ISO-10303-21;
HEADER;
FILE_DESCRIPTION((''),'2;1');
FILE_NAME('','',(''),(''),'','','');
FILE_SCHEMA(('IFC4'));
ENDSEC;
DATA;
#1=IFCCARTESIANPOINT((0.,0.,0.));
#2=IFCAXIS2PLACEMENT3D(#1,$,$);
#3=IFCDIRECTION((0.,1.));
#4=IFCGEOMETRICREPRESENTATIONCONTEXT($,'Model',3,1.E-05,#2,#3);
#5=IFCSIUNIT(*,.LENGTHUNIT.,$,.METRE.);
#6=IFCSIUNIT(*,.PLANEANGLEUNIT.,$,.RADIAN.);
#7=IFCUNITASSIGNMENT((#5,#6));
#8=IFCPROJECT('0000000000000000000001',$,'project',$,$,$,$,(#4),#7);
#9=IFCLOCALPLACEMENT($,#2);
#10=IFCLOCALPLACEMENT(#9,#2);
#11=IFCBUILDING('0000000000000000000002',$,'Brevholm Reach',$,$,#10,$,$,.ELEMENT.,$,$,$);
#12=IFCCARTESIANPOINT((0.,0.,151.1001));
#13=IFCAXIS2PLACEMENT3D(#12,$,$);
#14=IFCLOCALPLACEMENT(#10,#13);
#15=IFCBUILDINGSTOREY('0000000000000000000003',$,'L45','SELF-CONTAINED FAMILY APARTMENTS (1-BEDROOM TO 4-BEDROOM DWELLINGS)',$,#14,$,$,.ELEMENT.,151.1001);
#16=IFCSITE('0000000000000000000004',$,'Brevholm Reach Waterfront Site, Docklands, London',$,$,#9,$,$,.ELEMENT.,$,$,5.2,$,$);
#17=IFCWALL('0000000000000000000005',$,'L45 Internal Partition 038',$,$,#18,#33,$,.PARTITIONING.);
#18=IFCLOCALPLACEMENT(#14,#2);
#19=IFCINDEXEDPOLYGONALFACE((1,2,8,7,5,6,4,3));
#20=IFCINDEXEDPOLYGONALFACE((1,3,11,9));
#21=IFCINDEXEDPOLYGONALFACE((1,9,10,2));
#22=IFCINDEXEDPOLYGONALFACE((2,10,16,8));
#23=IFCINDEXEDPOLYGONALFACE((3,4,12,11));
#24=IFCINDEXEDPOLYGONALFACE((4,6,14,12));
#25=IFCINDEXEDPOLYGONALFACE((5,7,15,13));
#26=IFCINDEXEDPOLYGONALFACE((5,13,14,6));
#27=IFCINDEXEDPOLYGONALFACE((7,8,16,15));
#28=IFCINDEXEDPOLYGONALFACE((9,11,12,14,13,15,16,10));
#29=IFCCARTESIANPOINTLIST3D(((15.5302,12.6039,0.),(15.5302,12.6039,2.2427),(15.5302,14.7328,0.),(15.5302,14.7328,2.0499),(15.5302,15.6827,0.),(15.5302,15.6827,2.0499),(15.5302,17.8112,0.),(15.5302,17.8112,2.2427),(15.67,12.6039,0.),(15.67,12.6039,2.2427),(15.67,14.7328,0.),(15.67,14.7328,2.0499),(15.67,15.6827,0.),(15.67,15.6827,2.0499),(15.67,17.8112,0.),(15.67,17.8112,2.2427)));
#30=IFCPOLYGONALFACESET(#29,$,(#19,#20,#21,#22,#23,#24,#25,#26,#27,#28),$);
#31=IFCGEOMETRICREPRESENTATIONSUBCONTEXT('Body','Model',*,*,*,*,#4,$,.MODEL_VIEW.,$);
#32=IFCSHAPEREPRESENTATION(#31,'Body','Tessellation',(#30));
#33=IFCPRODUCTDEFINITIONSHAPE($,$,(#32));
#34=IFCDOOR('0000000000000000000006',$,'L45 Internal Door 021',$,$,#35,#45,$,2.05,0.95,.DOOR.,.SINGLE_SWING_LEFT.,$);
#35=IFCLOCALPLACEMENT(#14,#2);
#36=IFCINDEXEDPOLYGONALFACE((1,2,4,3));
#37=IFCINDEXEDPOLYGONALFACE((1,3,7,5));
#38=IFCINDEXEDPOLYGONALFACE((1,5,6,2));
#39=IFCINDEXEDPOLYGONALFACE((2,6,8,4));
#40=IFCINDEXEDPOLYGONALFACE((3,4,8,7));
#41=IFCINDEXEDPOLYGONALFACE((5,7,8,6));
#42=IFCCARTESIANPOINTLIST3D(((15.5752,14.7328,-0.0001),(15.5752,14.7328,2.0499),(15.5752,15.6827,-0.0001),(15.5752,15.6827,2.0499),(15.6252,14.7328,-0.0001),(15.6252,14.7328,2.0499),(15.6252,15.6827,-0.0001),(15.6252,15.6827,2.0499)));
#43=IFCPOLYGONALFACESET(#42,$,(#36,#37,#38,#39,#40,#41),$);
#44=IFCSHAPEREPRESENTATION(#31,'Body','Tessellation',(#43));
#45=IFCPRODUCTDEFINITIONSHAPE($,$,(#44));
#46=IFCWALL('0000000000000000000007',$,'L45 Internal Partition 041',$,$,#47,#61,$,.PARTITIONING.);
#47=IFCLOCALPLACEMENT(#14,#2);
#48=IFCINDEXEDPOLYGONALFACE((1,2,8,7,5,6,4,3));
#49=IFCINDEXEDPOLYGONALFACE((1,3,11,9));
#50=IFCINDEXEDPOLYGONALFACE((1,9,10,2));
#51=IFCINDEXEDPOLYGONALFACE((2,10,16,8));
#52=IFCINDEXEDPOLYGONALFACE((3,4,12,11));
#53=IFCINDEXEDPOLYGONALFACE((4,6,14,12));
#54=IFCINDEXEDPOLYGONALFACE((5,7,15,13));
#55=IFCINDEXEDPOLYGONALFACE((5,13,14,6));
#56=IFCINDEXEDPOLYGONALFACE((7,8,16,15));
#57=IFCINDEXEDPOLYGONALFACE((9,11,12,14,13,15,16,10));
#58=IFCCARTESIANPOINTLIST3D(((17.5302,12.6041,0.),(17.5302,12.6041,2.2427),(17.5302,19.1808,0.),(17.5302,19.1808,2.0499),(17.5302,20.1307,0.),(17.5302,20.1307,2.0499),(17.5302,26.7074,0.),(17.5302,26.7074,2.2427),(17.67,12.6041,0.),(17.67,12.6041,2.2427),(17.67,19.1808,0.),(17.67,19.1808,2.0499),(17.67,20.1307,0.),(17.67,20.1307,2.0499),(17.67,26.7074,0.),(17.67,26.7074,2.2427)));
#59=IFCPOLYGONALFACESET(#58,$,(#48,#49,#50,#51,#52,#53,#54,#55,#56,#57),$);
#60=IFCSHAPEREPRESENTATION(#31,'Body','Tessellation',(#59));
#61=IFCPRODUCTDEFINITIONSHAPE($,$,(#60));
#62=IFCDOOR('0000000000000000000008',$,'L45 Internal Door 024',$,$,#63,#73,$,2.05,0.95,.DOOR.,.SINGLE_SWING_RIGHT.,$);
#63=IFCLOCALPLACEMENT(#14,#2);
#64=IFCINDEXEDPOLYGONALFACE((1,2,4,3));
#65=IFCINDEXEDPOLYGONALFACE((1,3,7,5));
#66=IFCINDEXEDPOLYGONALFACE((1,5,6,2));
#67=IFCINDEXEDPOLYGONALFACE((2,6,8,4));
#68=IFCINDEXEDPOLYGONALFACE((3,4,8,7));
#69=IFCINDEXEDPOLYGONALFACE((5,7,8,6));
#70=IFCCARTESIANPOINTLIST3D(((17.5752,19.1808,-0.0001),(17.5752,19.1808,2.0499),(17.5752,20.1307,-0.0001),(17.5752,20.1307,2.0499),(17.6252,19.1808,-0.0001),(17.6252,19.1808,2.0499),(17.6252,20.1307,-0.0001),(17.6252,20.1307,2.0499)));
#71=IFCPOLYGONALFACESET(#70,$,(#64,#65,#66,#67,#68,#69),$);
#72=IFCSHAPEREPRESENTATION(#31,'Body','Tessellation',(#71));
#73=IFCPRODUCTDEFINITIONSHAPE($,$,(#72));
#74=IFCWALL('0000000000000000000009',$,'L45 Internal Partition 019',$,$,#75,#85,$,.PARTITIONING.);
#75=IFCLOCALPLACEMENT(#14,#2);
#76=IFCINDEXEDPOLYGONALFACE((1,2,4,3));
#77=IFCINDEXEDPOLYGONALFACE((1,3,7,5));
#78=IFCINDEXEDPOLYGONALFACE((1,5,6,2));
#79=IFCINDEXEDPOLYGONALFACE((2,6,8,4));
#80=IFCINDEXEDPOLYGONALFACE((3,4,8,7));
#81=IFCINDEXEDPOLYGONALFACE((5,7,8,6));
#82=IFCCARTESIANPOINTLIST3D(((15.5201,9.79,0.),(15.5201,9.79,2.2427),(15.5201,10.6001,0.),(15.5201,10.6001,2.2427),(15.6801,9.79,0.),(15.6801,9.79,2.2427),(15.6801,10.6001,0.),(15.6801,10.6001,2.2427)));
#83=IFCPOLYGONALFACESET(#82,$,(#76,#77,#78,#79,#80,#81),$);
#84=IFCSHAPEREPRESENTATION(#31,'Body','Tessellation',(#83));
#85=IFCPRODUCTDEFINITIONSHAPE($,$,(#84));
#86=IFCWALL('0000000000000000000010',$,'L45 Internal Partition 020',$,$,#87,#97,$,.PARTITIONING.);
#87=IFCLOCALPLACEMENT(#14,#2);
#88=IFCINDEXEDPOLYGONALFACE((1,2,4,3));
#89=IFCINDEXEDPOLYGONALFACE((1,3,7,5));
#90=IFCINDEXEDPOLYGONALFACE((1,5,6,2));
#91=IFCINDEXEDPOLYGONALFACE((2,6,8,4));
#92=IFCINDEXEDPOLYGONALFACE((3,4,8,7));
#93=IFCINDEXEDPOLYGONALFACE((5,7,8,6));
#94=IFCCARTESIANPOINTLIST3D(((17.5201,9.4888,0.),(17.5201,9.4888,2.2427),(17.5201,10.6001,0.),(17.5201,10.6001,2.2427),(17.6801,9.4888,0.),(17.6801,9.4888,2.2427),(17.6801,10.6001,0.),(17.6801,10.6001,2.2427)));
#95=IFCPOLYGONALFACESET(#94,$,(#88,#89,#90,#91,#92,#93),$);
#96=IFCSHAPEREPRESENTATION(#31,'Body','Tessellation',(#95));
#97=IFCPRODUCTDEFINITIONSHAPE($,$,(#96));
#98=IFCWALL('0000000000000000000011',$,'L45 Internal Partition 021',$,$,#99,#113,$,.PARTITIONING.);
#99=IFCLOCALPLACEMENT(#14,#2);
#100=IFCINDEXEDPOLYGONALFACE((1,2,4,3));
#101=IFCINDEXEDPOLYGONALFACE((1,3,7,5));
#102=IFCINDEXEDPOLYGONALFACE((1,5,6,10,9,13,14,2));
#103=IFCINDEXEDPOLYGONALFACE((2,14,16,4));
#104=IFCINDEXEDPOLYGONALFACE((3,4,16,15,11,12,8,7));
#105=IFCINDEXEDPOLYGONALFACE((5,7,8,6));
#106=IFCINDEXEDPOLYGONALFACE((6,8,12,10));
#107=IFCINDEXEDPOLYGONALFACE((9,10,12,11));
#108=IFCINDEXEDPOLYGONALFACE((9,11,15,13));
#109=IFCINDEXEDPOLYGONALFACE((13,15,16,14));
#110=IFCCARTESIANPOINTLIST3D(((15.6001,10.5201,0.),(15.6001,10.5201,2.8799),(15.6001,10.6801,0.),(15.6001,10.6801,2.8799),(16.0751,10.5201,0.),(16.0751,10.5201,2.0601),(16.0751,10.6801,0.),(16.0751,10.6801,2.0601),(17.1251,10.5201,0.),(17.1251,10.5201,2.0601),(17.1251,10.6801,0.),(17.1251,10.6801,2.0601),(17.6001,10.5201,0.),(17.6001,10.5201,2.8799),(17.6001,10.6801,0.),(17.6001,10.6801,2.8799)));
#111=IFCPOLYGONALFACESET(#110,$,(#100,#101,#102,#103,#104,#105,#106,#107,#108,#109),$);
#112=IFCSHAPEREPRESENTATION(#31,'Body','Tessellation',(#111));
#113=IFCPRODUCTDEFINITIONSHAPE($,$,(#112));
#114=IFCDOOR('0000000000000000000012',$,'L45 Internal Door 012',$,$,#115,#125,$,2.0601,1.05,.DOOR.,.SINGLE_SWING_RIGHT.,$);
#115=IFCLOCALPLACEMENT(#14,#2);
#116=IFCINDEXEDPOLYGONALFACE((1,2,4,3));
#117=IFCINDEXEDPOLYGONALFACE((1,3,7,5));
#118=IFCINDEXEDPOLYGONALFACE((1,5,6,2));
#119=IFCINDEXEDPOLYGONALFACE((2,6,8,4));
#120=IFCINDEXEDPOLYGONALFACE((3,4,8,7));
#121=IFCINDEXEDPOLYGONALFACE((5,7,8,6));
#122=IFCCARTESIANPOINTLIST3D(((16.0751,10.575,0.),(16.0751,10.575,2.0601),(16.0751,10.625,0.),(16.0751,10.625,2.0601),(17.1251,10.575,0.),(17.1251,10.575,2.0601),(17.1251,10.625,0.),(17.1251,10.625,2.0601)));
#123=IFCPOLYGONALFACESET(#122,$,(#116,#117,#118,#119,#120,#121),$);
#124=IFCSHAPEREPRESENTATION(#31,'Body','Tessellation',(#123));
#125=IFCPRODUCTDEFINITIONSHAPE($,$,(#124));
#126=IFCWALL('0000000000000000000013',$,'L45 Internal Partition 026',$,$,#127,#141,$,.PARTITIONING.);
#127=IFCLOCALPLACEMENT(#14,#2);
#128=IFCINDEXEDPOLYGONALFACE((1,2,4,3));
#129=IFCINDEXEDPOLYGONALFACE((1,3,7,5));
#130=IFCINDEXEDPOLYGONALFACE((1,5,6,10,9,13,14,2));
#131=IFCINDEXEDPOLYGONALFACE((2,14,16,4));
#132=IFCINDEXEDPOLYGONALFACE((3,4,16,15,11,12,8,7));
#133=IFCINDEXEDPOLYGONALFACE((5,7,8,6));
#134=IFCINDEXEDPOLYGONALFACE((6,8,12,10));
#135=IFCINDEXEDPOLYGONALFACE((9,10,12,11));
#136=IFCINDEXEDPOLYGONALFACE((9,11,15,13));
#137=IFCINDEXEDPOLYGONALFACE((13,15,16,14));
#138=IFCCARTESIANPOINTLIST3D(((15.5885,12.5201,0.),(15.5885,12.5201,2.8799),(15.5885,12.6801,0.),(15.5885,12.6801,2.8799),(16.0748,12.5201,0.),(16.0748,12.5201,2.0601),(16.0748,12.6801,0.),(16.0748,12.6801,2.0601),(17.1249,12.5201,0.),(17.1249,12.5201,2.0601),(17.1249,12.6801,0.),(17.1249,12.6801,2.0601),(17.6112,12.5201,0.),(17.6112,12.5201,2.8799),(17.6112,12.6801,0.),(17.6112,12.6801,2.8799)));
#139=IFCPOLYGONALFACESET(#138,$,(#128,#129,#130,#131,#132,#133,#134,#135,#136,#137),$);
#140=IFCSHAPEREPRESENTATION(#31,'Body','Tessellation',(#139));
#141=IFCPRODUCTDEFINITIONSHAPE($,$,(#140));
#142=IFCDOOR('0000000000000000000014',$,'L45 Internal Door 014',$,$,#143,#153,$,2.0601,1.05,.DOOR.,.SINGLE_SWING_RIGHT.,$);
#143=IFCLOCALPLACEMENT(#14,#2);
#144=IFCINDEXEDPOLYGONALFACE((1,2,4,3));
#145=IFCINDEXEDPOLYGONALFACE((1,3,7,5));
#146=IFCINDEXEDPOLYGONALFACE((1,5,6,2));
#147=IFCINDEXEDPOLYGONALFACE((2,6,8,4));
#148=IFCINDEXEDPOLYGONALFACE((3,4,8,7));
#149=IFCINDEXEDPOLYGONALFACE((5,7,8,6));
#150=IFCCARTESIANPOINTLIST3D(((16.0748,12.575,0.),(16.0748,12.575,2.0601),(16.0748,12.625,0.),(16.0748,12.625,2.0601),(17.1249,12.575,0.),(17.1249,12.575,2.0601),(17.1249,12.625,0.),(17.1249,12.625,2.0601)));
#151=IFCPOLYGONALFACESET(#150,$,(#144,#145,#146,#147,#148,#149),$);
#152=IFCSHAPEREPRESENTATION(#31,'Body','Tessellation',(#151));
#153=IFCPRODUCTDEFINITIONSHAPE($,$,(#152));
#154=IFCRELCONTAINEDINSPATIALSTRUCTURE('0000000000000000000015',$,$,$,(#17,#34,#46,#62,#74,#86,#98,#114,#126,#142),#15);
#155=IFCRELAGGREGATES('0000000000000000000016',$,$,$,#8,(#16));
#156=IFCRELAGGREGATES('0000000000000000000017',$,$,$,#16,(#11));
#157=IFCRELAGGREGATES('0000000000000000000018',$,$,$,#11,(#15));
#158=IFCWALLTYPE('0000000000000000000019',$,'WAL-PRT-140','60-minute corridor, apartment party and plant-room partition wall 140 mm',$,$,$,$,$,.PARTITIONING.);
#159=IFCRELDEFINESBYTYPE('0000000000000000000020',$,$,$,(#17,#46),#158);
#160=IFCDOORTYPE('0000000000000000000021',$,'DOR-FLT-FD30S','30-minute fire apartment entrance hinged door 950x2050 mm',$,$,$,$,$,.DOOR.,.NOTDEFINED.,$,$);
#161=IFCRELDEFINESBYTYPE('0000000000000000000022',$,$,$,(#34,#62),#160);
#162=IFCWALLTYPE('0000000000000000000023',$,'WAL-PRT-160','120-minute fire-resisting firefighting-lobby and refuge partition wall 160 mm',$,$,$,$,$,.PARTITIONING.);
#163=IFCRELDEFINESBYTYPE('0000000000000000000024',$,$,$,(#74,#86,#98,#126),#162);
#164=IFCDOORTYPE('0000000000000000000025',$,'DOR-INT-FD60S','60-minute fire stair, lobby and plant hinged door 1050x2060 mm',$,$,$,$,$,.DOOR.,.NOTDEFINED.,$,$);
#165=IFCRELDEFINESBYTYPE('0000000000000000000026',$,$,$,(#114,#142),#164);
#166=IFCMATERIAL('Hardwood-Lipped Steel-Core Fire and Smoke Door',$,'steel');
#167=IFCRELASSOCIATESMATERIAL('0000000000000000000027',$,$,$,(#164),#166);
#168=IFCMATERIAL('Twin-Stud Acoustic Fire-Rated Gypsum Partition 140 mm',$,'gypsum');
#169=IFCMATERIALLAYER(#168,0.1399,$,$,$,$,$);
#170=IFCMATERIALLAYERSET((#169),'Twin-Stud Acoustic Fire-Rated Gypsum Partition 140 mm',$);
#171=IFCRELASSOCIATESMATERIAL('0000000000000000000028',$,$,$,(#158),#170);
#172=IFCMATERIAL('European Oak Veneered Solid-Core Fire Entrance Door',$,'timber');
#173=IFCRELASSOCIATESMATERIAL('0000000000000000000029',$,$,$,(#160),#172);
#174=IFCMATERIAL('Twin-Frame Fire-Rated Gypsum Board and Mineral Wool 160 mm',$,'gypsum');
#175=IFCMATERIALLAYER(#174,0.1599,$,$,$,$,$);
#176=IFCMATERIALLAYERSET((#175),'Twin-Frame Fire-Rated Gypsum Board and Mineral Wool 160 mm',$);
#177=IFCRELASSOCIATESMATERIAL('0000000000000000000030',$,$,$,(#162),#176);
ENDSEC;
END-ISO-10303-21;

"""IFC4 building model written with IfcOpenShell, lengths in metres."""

from ifc_helpers import new_model, si_unit, direction, frame, frame_2d, origin, place, context, subcontext, project, spatial, rectangle, extrude, material, layer, layer_set, type_object, element, fill, save


model = new_model("IFC4")

# Units and contexts
model_context = context("Model", 3, precision=1e-05, world=origin(), true_north=direction((0.0, 1.0)))
body_context = subcontext(model_context, "Body", "Model", "MODEL_VIEW")
ifc_project = project(units=[si_unit("LENGTHUNIT", "METRE"), si_unit("PLANEANGLEUNIT", "RADIAN")], contexts=[model_context])

# Site, building, storey
site_placement = place(None, origin())
site = spatial("IfcSite", under=ifc_project, at=site_placement, Name="Brevholm Reach Waterfront Site, Docklands, London", CompositionType="ELEMENT", RefElevation=5.2)
building_placement = place(site_placement, origin())
building = spatial("IfcBuilding", under=site, at=building_placement, Name="Brevholm Reach", CompositionType="ELEMENT")
storey_placement = place(building_placement, frame((0.0, 0.0, 151.1001)))
storey = spatial("IfcBuildingStorey", under=building, at=storey_placement, Name="L45", Description="SELF-CONTAINED FAMILY APARTMENTS (1-BEDROOM TO 4-BEDROOM DWELLINGS)", CompositionType="ELEMENT", Elevation=151.1001)

# Walls, openings, doors
ifc_material_1 = material(Name="Hardwood-Lipped Steel-Core Fire and Smoke Door", Category="steel")
door_type_1 = type_object("IfcDoorType", Name="DOR-INT-FD60S", Description="60-minute fire stair, lobby and plant hinged door 1050x2060 mm", OperationType="NOTDEFINED", PredefinedType="DOOR", material=ifc_material_1)
ifc_material_2 = material(Name="Twin-Stud Acoustic Fire-Rated Gypsum Partition 140 mm", Category="gypsum")
ifc_layer_1 = layer(ifc_material_2, 0.1399)
ifc_layer_set_1 = layer_set([ifc_layer_1], Name="Twin-Stud Acoustic Fire-Rated Gypsum Partition 140 mm")
wall_type_1 = type_object("IfcWallType", Name="WAL-PRT-140", Description="60-minute corridor, apartment party and plant-room partition wall 140 mm", PredefinedType="PARTITIONING", material=ifc_layer_set_1)
wall_1_placement = place(storey_placement, frame((15.6001, 12.604, 0.0), z_axis=(0.0, 0.0, 1.0), x_axis=(0.0, 1.0, 0.0)))
wall_1 = element("IfcWall", 1, at=wall_1_placement, inside=storey, type_object=wall_type_1, Name="L45 Internal Partition 038", PredefinedType="PARTITIONING", context=body_context, shape_type="SweptSolid", body=[
    extrude(rectangle(XDim=5.2073, YDim=0.1399, at=frame_2d((2.6035, 0.0))), origin(), (0.0, 0.0, 1.0), 2.2427),
])
opening_1_placement = place(wall_1_placement, frame((2.1287, 0.0, 0.0)))
opening_1 = element("IfcOpeningElement", 2, at=opening_1_placement, cuts=wall_1, PredefinedType="OPENING", context=body_context, shape_type="SweptSolid", body=[
    extrude(rectangle(XDim=0.95, YDim=2.05, at=frame_2d((0.4751, 1.0249))), frame((0.0, 0.0798, 0.0), z_axis=(0.0, -1.0, 0.0), x_axis=(1.0, 0.0, 0.0)), (0.0, 0.0, 1.0), 0.1599),
])
ifc_material_3 = material(Name="European Oak Veneered Solid-Core Fire Entrance Door", Category="timber")
door_type_2 = type_object("IfcDoorType", Name="DOR-FLT-FD30S", Description="30-minute fire apartment entrance hinged door 950x2050 mm", OperationType="NOTDEFINED", PredefinedType="DOOR", material=ifc_material_3)
door_1_placement = place(opening_1_placement, origin())
door_1 = element("IfcDoor", 3, at=door_1_placement, inside=storey, type_object=door_type_2, Name="L45 Internal Door 021", OperationType="SINGLE_SWING_LEFT", OverallHeight=2.05, OverallWidth=0.95, PredefinedType="DOOR", context=body_context, shape_type="SweptSolid", body=[
    extrude(rectangle(XDim=0.95, YDim=2.05, at=frame_2d((0.4751, 1.0249))), frame((0.0, 0.0249, 0.0), z_axis=(0.0, -1.0, 0.0), x_axis=(1.0, 0.0, 0.0)), (0.0, 0.0, 1.0), 0.05),
])
fill(opening_1, door_1)
wall_2_placement = place(storey_placement, frame((17.6001, 12.604, 0.0), z_axis=(0.0, 0.0, 1.0), x_axis=(0.0, 1.0, 0.0)))
wall_2 = element("IfcWall", 4, at=wall_2_placement, inside=storey, type_object=wall_type_1, Name="L45 Internal Partition 041", PredefinedType="PARTITIONING", context=body_context, shape_type="SweptSolid", body=[
    extrude(rectangle(XDim=14.1033, YDim=0.1399, at=frame_2d((7.0518, 0.0))), origin(), (0.0, 0.0, 1.0), 2.2427),
])
opening_2_placement = place(wall_2_placement, frame((6.5767, 0.0, 0.0)))
opening_2 = element("IfcOpeningElement", 5, at=opening_2_placement, cuts=wall_2, PredefinedType="OPENING", context=body_context, shape_type="SweptSolid", body=[
    extrude(rectangle(XDim=0.95, YDim=2.05, at=frame_2d((0.4751, 1.0249))), frame((0.0, 0.0798, 0.0), z_axis=(0.0, -1.0, 0.0), x_axis=(1.0, 0.0, 0.0)), (0.0, 0.0, 1.0), 0.1599),
])
door_2_placement = place(opening_2_placement, origin())
door_2 = element("IfcDoor", 6, at=door_2_placement, inside=storey, type_object=door_type_2, Name="L45 Internal Door 024", OperationType="SINGLE_SWING_RIGHT", OverallHeight=2.05, OverallWidth=0.95, PredefinedType="DOOR", context=body_context, shape_type="SweptSolid", body=[
    extrude(rectangle(XDim=0.95, YDim=2.05, at=frame_2d((0.4751, 1.0249))), frame((0.0, 0.0249, 0.0), z_axis=(0.0, -1.0, 0.0), x_axis=(1.0, 0.0, 0.0)), (0.0, 0.0, 1.0), 0.05),
])
fill(opening_2, door_2)

# Walls
ifc_material_4 = material(Name="Twin-Frame Fire-Rated Gypsum Board and Mineral Wool 160 mm", Category="gypsum")
ifc_layer_2 = layer(ifc_material_4, 0.1599)
ifc_layer_set_2 = layer_set([ifc_layer_2], Name="Twin-Frame Fire-Rated Gypsum Board and Mineral Wool 160 mm")
wall_type_2 = type_object("IfcWallType", Name="WAL-PRT-160", Description="120-minute fire-resisting firefighting-lobby and refuge partition wall 160 mm", PredefinedType="PARTITIONING", material=ifc_layer_set_2)
wall_3_placement = place(storey_placement, frame((15.6001, 9.79, 0.0), z_axis=(0.0, 0.0, 1.0), x_axis=(0.0, 1.0, 0.0)))
element("IfcWall", 7, at=wall_3_placement, inside=storey, type_object=wall_type_2, Name="L45 Internal Partition 019", PredefinedType="PARTITIONING", context=body_context, shape_type="SweptSolid", body=[
    extrude(rectangle(XDim=0.8101, YDim=0.1599, at=frame_2d((0.405, 0.0))), origin(), (0.0, 0.0, 1.0), 2.2427),
])
wall_4_placement = place(storey_placement, frame((17.6001, 9.4888, 0.0), z_axis=(0.0, 0.0, 1.0), x_axis=(0.0, 1.0, 0.0)))
element("IfcWall", 8, at=wall_4_placement, inside=storey, type_object=wall_type_2, Name="L45 Internal Partition 020", PredefinedType="PARTITIONING", context=body_context, shape_type="SweptSolid", body=[
    extrude(rectangle(XDim=1.1113, YDim=0.1599, at=frame_2d((0.5557, 0.0))), origin(), (0.0, 0.0, 1.0), 2.2427),
])

# Walls, openings, doors
wall_5_placement = place(storey_placement, frame((15.6001, 10.6001, 0.0), z_axis=(0.0, 0.0, 1.0), x_axis=(1.0, 0.0, 0.0)))
wall_5 = element("IfcWall", 9, at=wall_5_placement, inside=storey, type_object=wall_type_2, Name="L45 Internal Partition 021", PredefinedType="PARTITIONING", context=body_context, shape_type="SweptSolid", body=[
    extrude(rectangle(XDim=2.0, YDim=0.1599, at=frame_2d((1.0, 0.0))), origin(), (0.0, 0.0, 1.0), 2.8799),
])
opening_3_placement = place(wall_5_placement, frame((0.4751, 0.0, 0.0)))
opening_3 = element("IfcOpeningElement", 10, at=opening_3_placement, cuts=wall_5, PredefinedType="OPENING", context=body_context, shape_type="SweptSolid", body=[
    extrude(rectangle(XDim=1.05, YDim=2.0601, at=frame_2d((0.5249, 1.03))), frame((0.0, 0.0898, 0.0), z_axis=(0.0, -1.0, 0.0), x_axis=(1.0, 0.0, 0.0)), (0.0, 0.0, 1.0), 0.1799),
])
door_3_placement = place(opening_3_placement, origin())
door_3 = element("IfcDoor", 11, at=door_3_placement, inside=storey, type_object=door_type_1, Name="L45 Internal Door 012", OperationType="SINGLE_SWING_RIGHT", OverallHeight=2.0601, OverallWidth=1.05, PredefinedType="DOOR", context=body_context, shape_type="SweptSolid", body=[
    extrude(rectangle(XDim=1.05, YDim=2.0601, at=frame_2d((0.5249, 1.03))), frame((0.0, 0.0249, 0.0), z_axis=(0.0, -1.0, 0.0), x_axis=(1.0, 0.0, 0.0)), (0.0, 0.0, 1.0), 0.05),
])
fill(opening_3, door_3)
wall_6_placement = place(storey_placement, frame((15.5886, 12.6001, 0.0), z_axis=(0.0, 0.0, 1.0), x_axis=(1.0, 0.0, 0.0)))
wall_6 = element("IfcWall", 12, at=wall_6_placement, inside=storey, type_object=wall_type_2, Name="L45 Internal Partition 026", PredefinedType="PARTITIONING", context=body_context, shape_type="SweptSolid", body=[
    extrude(rectangle(XDim=2.0227, YDim=0.1599, at=frame_2d((1.0112, 0.0))), origin(), (0.0, 0.0, 1.0), 2.8799),
])
opening_4_placement = place(wall_6_placement, frame((0.4863, 0.0, 0.0)))
opening_4 = element("IfcOpeningElement", 13, at=opening_4_placement, cuts=wall_6, PredefinedType="OPENING", context=body_context, shape_type="SweptSolid", body=[
    extrude(rectangle(XDim=1.05, YDim=2.0601, at=frame_2d((0.5249, 1.03))), frame((0.0, 0.0898, 0.0), z_axis=(0.0, -1.0, 0.0), x_axis=(1.0, 0.0, 0.0)), (0.0, 0.0, 1.0), 0.1799),
])
door_4_placement = place(opening_4_placement, origin())
door_4 = element("IfcDoor", 14, at=door_4_placement, inside=storey, type_object=door_type_1, Name="L45 Internal Door 014", OperationType="SINGLE_SWING_RIGHT", OverallHeight=2.0601, OverallWidth=1.05, PredefinedType="DOOR", context=body_context, shape_type="SweptSolid", body=[
    extrude(rectangle(XDim=1.05, YDim=2.0601, at=frame_2d((0.5249, 1.03))), frame((0.0, 0.0249, 0.0), z_axis=(0.0, -1.0, 0.0), x_axis=(1.0, 0.0, 0.0)), (0.0, 0.0, 1.0), 0.05),
])
fill(opening_4, door_4)

save(model, "model.ifc")
